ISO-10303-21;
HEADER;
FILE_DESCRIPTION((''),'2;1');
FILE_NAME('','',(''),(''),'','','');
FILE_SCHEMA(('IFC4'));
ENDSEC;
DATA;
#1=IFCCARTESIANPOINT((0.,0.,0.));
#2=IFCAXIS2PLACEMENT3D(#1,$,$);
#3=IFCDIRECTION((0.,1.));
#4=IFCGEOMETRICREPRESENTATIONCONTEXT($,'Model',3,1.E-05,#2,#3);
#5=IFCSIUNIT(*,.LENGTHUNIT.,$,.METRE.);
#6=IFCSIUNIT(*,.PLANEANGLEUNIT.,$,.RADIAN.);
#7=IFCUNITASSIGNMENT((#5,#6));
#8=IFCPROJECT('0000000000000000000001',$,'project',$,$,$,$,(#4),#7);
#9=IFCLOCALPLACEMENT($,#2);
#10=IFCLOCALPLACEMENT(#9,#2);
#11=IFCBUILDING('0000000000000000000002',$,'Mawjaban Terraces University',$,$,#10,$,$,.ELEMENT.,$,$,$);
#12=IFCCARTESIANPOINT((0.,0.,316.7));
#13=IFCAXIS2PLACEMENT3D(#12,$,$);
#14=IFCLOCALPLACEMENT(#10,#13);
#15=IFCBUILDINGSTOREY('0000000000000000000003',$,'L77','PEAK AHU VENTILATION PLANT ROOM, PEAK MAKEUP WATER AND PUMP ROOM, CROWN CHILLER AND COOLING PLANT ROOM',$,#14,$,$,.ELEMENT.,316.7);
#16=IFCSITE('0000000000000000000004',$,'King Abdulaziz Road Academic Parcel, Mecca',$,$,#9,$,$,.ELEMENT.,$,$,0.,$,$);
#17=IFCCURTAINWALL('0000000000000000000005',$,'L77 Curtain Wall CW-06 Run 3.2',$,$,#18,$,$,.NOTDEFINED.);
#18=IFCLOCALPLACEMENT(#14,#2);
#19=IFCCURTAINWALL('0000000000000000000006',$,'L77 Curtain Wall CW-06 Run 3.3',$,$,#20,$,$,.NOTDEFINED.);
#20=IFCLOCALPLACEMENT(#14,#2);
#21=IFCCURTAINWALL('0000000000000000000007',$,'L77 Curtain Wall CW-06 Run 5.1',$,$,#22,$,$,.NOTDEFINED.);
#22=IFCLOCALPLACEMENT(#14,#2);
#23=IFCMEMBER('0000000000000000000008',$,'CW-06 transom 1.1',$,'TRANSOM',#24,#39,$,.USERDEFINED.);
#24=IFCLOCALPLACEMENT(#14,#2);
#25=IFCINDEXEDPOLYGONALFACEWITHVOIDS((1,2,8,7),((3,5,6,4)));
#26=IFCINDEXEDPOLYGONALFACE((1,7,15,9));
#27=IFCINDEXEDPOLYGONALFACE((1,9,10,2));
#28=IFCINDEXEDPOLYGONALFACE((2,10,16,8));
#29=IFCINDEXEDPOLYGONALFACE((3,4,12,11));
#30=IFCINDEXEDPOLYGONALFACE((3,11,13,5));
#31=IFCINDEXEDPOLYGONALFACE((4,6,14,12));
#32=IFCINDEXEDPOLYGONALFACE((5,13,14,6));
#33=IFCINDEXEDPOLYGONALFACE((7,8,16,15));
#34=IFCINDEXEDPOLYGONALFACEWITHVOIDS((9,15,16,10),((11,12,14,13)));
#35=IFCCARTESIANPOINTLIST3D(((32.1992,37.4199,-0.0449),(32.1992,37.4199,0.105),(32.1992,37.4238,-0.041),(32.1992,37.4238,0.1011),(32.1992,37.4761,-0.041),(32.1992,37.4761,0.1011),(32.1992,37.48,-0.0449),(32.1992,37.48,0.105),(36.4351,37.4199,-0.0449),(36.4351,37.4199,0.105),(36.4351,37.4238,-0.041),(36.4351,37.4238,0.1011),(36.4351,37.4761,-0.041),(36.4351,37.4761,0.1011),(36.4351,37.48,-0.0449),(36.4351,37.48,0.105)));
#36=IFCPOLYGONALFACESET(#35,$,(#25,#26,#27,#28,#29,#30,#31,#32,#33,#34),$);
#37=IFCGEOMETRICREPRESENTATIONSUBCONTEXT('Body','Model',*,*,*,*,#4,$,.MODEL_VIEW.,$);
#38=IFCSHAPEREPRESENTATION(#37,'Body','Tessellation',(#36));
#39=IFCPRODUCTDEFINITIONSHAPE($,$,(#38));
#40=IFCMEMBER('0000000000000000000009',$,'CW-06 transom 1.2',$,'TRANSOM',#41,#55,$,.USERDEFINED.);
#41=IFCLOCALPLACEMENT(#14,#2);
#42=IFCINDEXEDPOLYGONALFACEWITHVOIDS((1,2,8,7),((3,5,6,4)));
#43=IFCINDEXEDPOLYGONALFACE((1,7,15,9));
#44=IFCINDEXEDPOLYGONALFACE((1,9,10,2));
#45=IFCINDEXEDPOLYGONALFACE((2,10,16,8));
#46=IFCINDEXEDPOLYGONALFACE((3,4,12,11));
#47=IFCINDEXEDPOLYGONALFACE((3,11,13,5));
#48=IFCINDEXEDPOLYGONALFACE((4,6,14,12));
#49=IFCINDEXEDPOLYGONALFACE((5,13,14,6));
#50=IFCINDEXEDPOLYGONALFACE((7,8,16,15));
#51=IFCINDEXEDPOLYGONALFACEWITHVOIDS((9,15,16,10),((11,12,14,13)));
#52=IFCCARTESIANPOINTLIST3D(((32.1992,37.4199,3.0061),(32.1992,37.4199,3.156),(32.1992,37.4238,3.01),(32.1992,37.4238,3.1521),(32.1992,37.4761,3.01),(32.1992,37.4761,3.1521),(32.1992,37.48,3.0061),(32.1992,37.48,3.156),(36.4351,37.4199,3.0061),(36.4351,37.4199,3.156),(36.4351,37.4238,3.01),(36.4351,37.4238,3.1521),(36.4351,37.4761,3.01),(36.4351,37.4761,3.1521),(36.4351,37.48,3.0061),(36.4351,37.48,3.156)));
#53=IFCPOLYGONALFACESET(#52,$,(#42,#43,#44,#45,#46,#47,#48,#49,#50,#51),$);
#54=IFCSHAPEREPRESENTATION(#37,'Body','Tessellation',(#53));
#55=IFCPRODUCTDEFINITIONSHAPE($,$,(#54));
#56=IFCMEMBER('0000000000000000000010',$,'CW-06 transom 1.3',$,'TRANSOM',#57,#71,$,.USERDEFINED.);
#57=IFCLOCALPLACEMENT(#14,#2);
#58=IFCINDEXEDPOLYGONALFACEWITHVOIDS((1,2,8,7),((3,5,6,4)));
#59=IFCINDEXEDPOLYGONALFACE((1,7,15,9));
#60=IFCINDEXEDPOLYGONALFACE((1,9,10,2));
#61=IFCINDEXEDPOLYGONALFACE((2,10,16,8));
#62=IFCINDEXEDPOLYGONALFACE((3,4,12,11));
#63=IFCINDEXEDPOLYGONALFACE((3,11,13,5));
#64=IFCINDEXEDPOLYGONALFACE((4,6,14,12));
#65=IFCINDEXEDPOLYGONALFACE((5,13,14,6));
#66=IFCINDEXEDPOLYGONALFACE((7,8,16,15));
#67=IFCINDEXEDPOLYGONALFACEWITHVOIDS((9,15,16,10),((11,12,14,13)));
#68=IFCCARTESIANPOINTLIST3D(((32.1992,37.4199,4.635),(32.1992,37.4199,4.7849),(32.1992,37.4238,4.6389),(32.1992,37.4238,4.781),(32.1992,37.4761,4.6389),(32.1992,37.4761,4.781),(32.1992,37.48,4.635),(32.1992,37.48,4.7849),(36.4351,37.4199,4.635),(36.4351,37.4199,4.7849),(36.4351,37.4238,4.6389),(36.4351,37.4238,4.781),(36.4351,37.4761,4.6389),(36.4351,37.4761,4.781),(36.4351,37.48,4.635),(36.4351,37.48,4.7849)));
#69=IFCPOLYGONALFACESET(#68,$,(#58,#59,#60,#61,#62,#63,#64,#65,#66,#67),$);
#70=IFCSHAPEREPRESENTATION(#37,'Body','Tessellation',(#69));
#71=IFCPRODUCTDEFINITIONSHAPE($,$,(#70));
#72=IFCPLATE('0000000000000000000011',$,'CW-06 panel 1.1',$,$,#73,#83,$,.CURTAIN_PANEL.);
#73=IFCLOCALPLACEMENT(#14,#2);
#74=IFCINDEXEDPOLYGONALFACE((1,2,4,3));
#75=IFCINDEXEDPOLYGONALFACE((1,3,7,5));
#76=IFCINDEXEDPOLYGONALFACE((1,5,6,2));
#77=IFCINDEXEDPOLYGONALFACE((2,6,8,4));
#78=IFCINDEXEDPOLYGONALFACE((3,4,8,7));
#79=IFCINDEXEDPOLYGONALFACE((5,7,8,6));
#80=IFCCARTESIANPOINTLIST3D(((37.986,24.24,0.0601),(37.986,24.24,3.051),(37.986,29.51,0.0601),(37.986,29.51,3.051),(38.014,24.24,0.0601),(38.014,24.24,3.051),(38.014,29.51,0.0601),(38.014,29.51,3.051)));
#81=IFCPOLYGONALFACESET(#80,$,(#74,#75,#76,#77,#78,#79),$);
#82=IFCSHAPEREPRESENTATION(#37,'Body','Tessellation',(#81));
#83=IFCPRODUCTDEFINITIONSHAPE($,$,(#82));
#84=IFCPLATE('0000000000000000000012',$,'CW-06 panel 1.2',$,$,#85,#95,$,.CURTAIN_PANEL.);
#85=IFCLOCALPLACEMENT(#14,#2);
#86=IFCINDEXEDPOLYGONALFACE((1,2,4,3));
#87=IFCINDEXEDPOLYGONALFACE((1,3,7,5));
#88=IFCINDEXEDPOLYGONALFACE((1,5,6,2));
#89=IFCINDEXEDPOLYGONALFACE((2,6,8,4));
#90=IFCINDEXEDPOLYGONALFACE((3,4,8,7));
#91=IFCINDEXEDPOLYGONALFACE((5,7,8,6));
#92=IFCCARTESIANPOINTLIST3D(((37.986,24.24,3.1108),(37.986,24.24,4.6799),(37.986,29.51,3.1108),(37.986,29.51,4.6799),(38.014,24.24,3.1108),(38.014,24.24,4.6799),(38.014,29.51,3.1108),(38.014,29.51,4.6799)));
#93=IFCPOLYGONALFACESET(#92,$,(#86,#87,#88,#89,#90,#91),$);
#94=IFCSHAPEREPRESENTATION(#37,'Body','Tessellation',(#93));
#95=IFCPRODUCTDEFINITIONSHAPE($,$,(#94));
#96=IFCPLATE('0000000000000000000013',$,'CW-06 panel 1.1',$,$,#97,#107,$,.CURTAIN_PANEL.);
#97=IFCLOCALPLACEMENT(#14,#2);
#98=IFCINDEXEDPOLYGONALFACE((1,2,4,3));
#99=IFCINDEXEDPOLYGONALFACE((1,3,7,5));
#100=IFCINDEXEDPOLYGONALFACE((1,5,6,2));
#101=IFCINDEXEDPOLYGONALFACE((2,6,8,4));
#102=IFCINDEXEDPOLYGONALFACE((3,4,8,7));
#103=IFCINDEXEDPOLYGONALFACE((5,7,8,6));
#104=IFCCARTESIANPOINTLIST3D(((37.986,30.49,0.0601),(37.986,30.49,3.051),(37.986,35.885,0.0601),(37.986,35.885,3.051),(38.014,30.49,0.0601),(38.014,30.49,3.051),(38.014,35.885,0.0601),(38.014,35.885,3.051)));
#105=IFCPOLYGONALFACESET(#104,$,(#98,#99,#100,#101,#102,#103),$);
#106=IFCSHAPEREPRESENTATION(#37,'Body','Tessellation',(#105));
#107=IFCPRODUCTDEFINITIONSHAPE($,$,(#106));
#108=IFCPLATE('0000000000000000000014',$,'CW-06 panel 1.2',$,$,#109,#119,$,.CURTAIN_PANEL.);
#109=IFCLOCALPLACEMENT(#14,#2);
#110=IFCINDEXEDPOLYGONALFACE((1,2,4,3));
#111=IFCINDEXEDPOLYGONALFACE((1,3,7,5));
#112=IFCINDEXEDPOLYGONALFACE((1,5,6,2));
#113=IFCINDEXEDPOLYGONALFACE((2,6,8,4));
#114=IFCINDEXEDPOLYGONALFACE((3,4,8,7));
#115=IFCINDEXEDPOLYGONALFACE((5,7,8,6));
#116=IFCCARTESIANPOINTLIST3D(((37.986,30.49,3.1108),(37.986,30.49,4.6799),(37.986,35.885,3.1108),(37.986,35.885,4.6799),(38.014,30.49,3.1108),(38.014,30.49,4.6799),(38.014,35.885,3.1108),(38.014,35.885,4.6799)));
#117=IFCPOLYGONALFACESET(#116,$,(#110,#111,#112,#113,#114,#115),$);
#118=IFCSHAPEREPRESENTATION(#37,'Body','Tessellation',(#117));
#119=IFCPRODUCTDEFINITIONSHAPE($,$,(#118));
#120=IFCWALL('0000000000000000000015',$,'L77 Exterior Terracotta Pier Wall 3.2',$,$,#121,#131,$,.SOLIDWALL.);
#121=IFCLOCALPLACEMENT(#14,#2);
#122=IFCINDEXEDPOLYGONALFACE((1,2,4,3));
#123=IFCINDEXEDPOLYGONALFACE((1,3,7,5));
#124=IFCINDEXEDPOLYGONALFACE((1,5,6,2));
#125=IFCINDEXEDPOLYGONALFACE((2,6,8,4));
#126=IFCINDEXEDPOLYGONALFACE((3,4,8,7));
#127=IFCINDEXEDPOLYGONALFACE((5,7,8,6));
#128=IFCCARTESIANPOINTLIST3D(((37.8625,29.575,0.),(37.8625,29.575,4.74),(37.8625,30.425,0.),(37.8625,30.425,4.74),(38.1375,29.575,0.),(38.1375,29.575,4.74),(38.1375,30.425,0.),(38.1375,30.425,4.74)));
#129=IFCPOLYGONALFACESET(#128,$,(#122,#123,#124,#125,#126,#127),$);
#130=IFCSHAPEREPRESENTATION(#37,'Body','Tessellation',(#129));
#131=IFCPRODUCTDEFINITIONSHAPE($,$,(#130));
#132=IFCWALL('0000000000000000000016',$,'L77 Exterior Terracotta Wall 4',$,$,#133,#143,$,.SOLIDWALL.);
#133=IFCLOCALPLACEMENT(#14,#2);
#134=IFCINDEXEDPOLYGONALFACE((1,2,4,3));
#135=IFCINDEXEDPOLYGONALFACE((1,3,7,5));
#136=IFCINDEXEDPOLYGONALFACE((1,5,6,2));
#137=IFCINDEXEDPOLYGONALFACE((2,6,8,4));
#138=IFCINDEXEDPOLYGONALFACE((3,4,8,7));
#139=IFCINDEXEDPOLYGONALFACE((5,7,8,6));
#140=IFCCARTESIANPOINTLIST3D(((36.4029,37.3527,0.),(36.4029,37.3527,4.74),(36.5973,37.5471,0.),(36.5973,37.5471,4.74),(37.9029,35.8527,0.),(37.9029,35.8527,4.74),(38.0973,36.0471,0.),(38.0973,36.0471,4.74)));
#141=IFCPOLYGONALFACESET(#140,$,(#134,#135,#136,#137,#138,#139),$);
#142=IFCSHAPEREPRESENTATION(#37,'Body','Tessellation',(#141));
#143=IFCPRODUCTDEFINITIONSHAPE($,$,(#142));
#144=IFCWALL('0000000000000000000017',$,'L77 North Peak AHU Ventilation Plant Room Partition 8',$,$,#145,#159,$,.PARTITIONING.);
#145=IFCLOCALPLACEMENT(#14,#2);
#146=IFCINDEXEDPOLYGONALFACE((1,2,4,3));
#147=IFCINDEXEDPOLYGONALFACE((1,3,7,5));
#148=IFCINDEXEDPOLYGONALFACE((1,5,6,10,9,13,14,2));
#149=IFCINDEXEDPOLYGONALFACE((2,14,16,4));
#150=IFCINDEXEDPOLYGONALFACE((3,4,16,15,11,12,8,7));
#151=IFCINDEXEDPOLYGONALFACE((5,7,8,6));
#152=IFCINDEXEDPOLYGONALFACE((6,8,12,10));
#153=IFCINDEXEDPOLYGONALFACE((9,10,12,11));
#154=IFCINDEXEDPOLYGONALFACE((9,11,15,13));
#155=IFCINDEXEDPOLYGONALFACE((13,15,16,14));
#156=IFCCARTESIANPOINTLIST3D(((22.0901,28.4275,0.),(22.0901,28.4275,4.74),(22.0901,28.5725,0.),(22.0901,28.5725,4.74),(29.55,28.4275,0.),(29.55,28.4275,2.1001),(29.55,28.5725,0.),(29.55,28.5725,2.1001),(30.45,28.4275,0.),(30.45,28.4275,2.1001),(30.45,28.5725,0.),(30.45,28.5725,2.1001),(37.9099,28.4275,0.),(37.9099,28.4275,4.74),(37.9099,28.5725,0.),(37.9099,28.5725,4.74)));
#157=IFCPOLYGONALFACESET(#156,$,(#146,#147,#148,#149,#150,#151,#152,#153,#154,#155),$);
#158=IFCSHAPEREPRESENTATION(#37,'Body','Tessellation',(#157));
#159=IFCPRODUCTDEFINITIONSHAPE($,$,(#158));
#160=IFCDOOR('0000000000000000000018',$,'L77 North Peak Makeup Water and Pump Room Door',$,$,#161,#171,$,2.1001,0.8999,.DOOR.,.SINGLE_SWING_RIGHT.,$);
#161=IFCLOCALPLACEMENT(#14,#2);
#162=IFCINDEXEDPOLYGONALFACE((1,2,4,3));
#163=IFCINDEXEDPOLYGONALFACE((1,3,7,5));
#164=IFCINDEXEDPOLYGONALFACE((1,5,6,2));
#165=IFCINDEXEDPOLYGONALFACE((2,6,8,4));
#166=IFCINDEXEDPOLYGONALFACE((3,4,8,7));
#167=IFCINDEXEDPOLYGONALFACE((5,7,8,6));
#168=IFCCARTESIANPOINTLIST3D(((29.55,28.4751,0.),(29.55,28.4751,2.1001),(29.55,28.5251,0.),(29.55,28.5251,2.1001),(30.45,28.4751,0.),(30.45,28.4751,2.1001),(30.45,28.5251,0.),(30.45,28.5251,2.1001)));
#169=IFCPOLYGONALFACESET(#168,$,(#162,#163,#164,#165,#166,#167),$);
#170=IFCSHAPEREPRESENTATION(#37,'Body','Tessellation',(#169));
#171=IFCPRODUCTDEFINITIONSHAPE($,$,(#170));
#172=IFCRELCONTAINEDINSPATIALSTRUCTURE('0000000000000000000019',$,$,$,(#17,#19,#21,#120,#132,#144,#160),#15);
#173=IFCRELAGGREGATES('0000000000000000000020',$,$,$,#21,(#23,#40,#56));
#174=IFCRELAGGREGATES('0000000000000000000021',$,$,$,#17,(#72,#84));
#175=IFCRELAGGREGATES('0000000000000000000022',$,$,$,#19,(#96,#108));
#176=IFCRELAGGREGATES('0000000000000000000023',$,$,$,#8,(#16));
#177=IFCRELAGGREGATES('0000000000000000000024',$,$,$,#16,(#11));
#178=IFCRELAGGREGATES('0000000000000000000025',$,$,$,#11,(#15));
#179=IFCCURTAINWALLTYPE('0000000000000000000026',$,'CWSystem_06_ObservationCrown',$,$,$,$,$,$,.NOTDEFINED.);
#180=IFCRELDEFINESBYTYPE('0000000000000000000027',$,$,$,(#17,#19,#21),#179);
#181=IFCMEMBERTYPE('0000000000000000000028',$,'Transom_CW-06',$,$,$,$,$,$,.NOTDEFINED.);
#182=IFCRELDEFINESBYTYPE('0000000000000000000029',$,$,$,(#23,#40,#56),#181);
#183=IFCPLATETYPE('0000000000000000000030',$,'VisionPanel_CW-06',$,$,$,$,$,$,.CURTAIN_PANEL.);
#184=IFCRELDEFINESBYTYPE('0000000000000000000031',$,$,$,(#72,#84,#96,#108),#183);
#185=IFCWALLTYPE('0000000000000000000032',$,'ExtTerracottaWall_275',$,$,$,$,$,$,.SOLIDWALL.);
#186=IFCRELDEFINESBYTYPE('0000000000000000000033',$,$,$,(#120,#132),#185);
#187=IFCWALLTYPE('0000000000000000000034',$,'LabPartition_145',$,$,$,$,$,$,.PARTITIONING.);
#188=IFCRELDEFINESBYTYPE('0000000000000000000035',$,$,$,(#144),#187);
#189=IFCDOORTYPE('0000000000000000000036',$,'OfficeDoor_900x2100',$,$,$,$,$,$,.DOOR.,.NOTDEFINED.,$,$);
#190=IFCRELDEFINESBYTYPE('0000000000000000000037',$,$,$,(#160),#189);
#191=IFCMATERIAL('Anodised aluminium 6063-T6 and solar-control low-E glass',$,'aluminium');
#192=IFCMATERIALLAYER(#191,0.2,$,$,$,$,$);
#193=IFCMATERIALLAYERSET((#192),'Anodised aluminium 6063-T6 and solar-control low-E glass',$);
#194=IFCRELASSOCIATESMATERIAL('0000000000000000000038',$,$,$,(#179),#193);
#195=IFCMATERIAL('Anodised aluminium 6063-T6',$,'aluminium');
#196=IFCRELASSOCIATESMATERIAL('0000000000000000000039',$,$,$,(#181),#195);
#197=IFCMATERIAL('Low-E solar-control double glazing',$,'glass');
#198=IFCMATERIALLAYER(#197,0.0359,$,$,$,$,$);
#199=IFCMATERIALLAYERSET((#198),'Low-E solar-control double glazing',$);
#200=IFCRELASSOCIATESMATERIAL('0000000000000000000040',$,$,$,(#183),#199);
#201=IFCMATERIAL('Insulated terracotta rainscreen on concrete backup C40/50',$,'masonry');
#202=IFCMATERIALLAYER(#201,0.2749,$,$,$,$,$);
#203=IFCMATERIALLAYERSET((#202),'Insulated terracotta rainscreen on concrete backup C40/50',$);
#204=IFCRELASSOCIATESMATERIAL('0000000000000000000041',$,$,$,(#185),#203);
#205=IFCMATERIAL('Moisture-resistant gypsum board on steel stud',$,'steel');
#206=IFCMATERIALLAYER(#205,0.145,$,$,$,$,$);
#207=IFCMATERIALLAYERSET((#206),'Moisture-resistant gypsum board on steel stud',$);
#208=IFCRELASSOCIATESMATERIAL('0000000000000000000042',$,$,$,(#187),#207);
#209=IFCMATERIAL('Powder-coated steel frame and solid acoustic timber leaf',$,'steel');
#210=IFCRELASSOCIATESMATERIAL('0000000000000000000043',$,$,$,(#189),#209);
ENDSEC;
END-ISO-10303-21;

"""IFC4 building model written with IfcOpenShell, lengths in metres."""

from ifc_helpers import new_model, si_unit, direction, frame, frame_2d, origin, origin_2d, place, context, subcontext, project, spatial, rectangle, hollow_rectangle, extrude, material, layer, layer_set, material_profile, profile_set, type_object, element, fill, aggregate, save


model = new_model("IFC4")

# Units and contexts
model_context = context("Model", 3, precision=1e-05, world=origin(), true_north=direction((0.0, 1.0)))
body_context = subcontext(model_context, "Body", "Model", "MODEL_VIEW")
ifc_project = project(units=[si_unit("LENGTHUNIT", "METRE"), si_unit("PLANEANGLEUNIT", "RADIAN")], contexts=[model_context])

# Site, building, storey
site_placement = place(None, origin())
site = spatial("IfcSite", under=ifc_project, at=site_placement, Name="King Abdulaziz Road Academic Parcel, Mecca", CompositionType="ELEMENT", RefElevation=0.0)
building_placement = place(site_placement, origin())
building = spatial("IfcBuilding", under=site, at=building_placement, Name="Mawjaban Terraces University", CompositionType="ELEMENT")
storey_placement = place(building_placement, frame((0.0, 0.0, 316.7)))
storey = spatial("IfcBuildingStorey", under=building, at=storey_placement, Name="L77", Description="PEAK AHU VENTILATION PLANT ROOM, PEAK MAKEUP WATER AND PUMP ROOM, CROWN CHILLER AND COOLING PLANT ROOM", CompositionType="ELEMENT", Elevation=316.7)

# Curtain wall
ifc_material_1 = material(Name="Anodised aluminium 6063-T6 and solar-control low-E glass", Category="aluminium")
ifc_layer_1 = layer(ifc_material_1, 0.2)
ifc_layer_set_1 = layer_set([ifc_layer_1], Name="Anodised aluminium 6063-T6 and solar-control low-E glass")
curtain_wall_type = type_object("IfcCurtainWallType", Name="CWSystem_06_ObservationCrown", PredefinedType="NOTDEFINED", material=ifc_layer_set_1)
curtain_wall_1_placement = place(storey_placement, origin())
curtain_wall_1 = element("IfcCurtainWall", 1, at=curtain_wall_1_placement, inside=storey, type_object=curtain_wall_type, Name="L77 Curtain Wall CW-06 Run 3.2", PredefinedType="NOTDEFINED")
ifc_material_2 = material(Name="Anodised aluminium 6063-T6", Category="aluminium")

# Curtain wall
curtain_wall_2_placement = place(storey_placement, origin())
curtain_wall_2 = element("IfcCurtainWall", 2, at=curtain_wall_2_placement, inside=storey, type_object=curtain_wall_type, Name="L77 Curtain Wall CW-06 Run 3.3", PredefinedType="NOTDEFINED")

# Curtain wall
curtain_wall_3_placement = place(storey_placement, origin())
curtain_wall_3 = element("IfcCurtainWall", 3, at=curtain_wall_3_placement, inside=storey, type_object=curtain_wall_type, Name="L77 Curtain Wall CW-06 Run 5.1", PredefinedType="NOTDEFINED")

# Members
ifc_material_profile_1 = material_profile(ifc_material_2, hollow_rectangle(XDim=0.0601, YDim=0.1499, WallThickness=0.0039, at=origin_2d()), Name="ALU150X60X4")
ifc_profile_set_1 = profile_set([ifc_material_profile_1], Name="Anodised aluminium 6063-T6")
member_type_1 = type_object("IfcMemberType", Name="Transom_CW-06", PredefinedType="NOTDEFINED", material=ifc_profile_set_1)
member_1_placement = place(storey_placement, frame((36.4351, 37.45, 0.03), z_axis=(-1.0, 0.0, 0.0), x_axis=(0.0, -1.0, 0.0)))
member_1 = element("IfcMember", 4, at=member_1_placement, type_object=member_type_1, Name="CW-06 transom 1.1", ObjectType="TRANSOM", PredefinedType="USERDEFINED", context=body_context, shape_type="SweptSolid", body=[
    extrude(hollow_rectangle(XDim=0.0601, YDim=0.1499, WallThickness=0.0039, at=origin_2d()), origin(), (0.0, 0.0, 1.0), 4.2358),
])
member_2_placement = place(storey_placement, frame((36.4351, 37.45, 3.0811), z_axis=(-1.0, 0.0, 0.0), x_axis=(0.0, -1.0, 0.0)))
member_2 = element("IfcMember", 5, at=member_2_placement, type_object=member_type_1, Name="CW-06 transom 1.2", ObjectType="TRANSOM", PredefinedType="USERDEFINED", context=body_context, shape_type="SweptSolid", body=[
    extrude(hollow_rectangle(XDim=0.0601, YDim=0.1499, WallThickness=0.0039, at=origin_2d()), origin(), (0.0, 0.0, 1.0), 4.2358),
])
member_3_placement = place(storey_placement, frame((36.4351, 37.45, 4.71), z_axis=(-1.0, 0.0, 0.0), x_axis=(0.0, -1.0, 0.0)))
member_3 = element("IfcMember", 6, at=member_3_placement, type_object=member_type_1, Name="CW-06 transom 1.3", ObjectType="TRANSOM", PredefinedType="USERDEFINED", context=body_context, shape_type="SweptSolid", body=[
    extrude(hollow_rectangle(XDim=0.0601, YDim=0.1499, WallThickness=0.0039, at=origin_2d()), origin(), (0.0, 0.0, 1.0), 4.2358),
])
aggregate(curtain_wall_3, [member_1, member_2, member_3])

# Plates
ifc_material_3 = material(Name="Low-E solar-control double glazing", Category="glass")
ifc_layer_2 = layer(ifc_material_3, 0.0359)
ifc_layer_set_2 = layer_set([ifc_layer_2], Name="Low-E solar-control double glazing")
plate_type = type_object("IfcPlateType", Name="VisionPanel_CW-06", PredefinedType="CURTAIN_PANEL", material=ifc_layer_set_2)
plate_1_placement = place(storey_placement, frame((38.0, 26.875, 0.0601), z_axis=(0.0, 0.0, 1.0), x_axis=(0.0, 1.0, 0.0)))
plate_1 = element("IfcPlate", 7, at=plate_1_placement, type_object=plate_type, Name="CW-06 panel 1.1", PredefinedType="CURTAIN_PANEL", context=body_context, shape_type="SweptSolid", body=[
    extrude(rectangle(XDim=5.27, YDim=0.0281, at=origin_2d()), origin(), (0.0, 0.0, 1.0), 2.991),
])
plate_2_placement = place(storey_placement, frame((38.0, 26.875, 3.1108), z_axis=(0.0, 0.0, 1.0), x_axis=(0.0, 1.0, 0.0)))
plate_2 = element("IfcPlate", 8, at=plate_2_placement, type_object=plate_type, Name="CW-06 panel 1.2", PredefinedType="CURTAIN_PANEL", context=body_context, shape_type="SweptSolid", body=[
    extrude(rectangle(XDim=5.27, YDim=0.0281, at=origin_2d()), origin(), (0.0, 0.0, 1.0), 1.5691),
])
aggregate(curtain_wall_1, [plate_1, plate_2])
plate_3_placement = place(storey_placement, frame((38.0, 33.1875, 0.0601), z_axis=(0.0, 0.0, 1.0), x_axis=(0.0, 1.0, 0.0)))
plate_3 = element("IfcPlate", 9, at=plate_3_placement, type_object=plate_type, Name="CW-06 panel 1.1", PredefinedType="CURTAIN_PANEL", context=body_context, shape_type="SweptSolid", body=[
    extrude(rectangle(XDim=5.395, YDim=0.0281, at=origin_2d()), origin(), (0.0, 0.0, 1.0), 2.991),
])
plate_4_placement = place(storey_placement, frame((38.0, 33.1875, 3.1108), z_axis=(0.0, 0.0, 1.0), x_axis=(0.0, 1.0, 0.0)))
plate_4 = element("IfcPlate", 10, at=plate_4_placement, type_object=plate_type, Name="CW-06 panel 1.2", PredefinedType="CURTAIN_PANEL", context=body_context, shape_type="SweptSolid", body=[
    extrude(rectangle(XDim=5.395, YDim=0.0281, at=origin_2d()), origin(), (0.0, 0.0, 1.0), 1.5691),
])
aggregate(curtain_wall_2, [plate_3, plate_4])

# Walls
ifc_material_4 = material(Name="Insulated terracotta rainscreen on concrete backup C40/50", Category="masonry")
ifc_layer_3 = layer(ifc_material_4, 0.2749)
ifc_layer_set_3 = layer_set([ifc_layer_3], Name="Insulated terracotta rainscreen on concrete backup C40/50")
wall_type_1 = type_object("IfcWallType", Name="ExtTerracottaWall_275", PredefinedType="SOLIDWALL", material=ifc_layer_set_3)
wall_1_placement = place(storey_placement, frame((38.0, 29.575, 0.0), z_axis=(0.0, 0.0, 1.0), x_axis=(0.0, 1.0, 0.0)))
element("IfcWall", 11, at=wall_1_placement, inside=storey, type_object=wall_type_1, Name="L77 Exterior Terracotta Pier Wall 3.2", PredefinedType="SOLIDWALL", context=body_context, shape_type="SweptSolid", body=[
    extrude(rectangle(XDim=0.8501, YDim=0.2749, at=frame_2d((0.425, 0.0))), origin(), (0.0, 0.0, 1.0), 4.74),
])
wall_2_placement = place(storey_placement, frame((38.0, 35.95, 0.0), z_axis=(0.0, 0.0, 1.0), x_axis=(-0.707107, 0.707107, 0.0)))
element("IfcWall", 12, at=wall_2_placement, inside=storey, type_object=wall_type_1, Name="L77 Exterior Terracotta Wall 4", PredefinedType="SOLIDWALL", context=body_context, shape_type="SweptSolid", body=[
    extrude(rectangle(XDim=2.1213, YDim=0.2749, at=frame_2d((1.0605, 0.0))), origin(), (0.0, 0.0, 1.0), 4.74),
])

# Wall, opening, door
ifc_material_5 = material(Name="Moisture-resistant gypsum board on steel stud", Category="steel")
ifc_layer_4 = layer(ifc_material_5, 0.145)
ifc_layer_set_4 = layer_set([ifc_layer_4], Name="Moisture-resistant gypsum board on steel stud")
wall_type_2 = type_object("IfcWallType", Name="LabPartition_145", PredefinedType="PARTITIONING", material=ifc_layer_set_4)
wall_3_placement = place(storey_placement, frame((37.9099, 28.5, 0.0), z_axis=(0.0, 0.0, 1.0), x_axis=(-1.0, 0.0, 0.0)))
wall_3 = element("IfcWall", 13, at=wall_3_placement, inside=storey, type_object=wall_type_2, Name="L77 North Peak AHU Ventilation Plant Room Partition 8", PredefinedType="PARTITIONING", context=body_context, shape_type="SweptSolid", body=[
    extrude(rectangle(XDim=15.8198, YDim=0.145, at=frame_2d((7.9099, 0.0))), origin(), (0.0, 0.0, 1.0), 4.74),
])
opening_placement = place(wall_3_placement, frame((7.46, 0.0, 0.0)))
opening = element("IfcOpeningElement", 14, at=opening_placement, cuts=wall_3, PredefinedType="OPENING", context=body_context, shape_type="SweptSolid", body=[
    extrude(rectangle(XDim=0.8999, YDim=2.1001, at=frame_2d((0.45, 1.05))), frame((0.0, 0.0825, 0.0), z_axis=(0.0, -1.0, 0.0), x_axis=(1.0, 0.0, 0.0)), (0.0, 0.0, 1.0), 0.165),
])
ifc_material_6 = material(Name="Powder-coated steel frame and solid acoustic timber leaf", Category="steel")
door_type = type_object("IfcDoorType", Name="OfficeDoor_900x2100", OperationType="NOTDEFINED", PredefinedType="DOOR", material=ifc_material_6)
door_placement = place(opening_placement, origin())
door = element("IfcDoor", 15, at=door_placement, inside=storey, type_object=door_type, Name="L77 North Peak Makeup Water and Pump Room Door", OperationType="SINGLE_SWING_RIGHT", OverallHeight=2.1001, OverallWidth=0.8999, PredefinedType="DOOR", context=body_context, shape_type="SweptSolid", body=[
    extrude(rectangle(XDim=0.8999, YDim=2.1001, at=frame_2d((0.45, 1.05))), frame((0.0, 0.0249, 0.0), z_axis=(0.0, -1.0, 0.0), x_axis=(1.0, 0.0, 0.0)), (0.0, 0.0, 1.0), 0.05),
])
fill(opening, door)

save(model, "model.ifc")
